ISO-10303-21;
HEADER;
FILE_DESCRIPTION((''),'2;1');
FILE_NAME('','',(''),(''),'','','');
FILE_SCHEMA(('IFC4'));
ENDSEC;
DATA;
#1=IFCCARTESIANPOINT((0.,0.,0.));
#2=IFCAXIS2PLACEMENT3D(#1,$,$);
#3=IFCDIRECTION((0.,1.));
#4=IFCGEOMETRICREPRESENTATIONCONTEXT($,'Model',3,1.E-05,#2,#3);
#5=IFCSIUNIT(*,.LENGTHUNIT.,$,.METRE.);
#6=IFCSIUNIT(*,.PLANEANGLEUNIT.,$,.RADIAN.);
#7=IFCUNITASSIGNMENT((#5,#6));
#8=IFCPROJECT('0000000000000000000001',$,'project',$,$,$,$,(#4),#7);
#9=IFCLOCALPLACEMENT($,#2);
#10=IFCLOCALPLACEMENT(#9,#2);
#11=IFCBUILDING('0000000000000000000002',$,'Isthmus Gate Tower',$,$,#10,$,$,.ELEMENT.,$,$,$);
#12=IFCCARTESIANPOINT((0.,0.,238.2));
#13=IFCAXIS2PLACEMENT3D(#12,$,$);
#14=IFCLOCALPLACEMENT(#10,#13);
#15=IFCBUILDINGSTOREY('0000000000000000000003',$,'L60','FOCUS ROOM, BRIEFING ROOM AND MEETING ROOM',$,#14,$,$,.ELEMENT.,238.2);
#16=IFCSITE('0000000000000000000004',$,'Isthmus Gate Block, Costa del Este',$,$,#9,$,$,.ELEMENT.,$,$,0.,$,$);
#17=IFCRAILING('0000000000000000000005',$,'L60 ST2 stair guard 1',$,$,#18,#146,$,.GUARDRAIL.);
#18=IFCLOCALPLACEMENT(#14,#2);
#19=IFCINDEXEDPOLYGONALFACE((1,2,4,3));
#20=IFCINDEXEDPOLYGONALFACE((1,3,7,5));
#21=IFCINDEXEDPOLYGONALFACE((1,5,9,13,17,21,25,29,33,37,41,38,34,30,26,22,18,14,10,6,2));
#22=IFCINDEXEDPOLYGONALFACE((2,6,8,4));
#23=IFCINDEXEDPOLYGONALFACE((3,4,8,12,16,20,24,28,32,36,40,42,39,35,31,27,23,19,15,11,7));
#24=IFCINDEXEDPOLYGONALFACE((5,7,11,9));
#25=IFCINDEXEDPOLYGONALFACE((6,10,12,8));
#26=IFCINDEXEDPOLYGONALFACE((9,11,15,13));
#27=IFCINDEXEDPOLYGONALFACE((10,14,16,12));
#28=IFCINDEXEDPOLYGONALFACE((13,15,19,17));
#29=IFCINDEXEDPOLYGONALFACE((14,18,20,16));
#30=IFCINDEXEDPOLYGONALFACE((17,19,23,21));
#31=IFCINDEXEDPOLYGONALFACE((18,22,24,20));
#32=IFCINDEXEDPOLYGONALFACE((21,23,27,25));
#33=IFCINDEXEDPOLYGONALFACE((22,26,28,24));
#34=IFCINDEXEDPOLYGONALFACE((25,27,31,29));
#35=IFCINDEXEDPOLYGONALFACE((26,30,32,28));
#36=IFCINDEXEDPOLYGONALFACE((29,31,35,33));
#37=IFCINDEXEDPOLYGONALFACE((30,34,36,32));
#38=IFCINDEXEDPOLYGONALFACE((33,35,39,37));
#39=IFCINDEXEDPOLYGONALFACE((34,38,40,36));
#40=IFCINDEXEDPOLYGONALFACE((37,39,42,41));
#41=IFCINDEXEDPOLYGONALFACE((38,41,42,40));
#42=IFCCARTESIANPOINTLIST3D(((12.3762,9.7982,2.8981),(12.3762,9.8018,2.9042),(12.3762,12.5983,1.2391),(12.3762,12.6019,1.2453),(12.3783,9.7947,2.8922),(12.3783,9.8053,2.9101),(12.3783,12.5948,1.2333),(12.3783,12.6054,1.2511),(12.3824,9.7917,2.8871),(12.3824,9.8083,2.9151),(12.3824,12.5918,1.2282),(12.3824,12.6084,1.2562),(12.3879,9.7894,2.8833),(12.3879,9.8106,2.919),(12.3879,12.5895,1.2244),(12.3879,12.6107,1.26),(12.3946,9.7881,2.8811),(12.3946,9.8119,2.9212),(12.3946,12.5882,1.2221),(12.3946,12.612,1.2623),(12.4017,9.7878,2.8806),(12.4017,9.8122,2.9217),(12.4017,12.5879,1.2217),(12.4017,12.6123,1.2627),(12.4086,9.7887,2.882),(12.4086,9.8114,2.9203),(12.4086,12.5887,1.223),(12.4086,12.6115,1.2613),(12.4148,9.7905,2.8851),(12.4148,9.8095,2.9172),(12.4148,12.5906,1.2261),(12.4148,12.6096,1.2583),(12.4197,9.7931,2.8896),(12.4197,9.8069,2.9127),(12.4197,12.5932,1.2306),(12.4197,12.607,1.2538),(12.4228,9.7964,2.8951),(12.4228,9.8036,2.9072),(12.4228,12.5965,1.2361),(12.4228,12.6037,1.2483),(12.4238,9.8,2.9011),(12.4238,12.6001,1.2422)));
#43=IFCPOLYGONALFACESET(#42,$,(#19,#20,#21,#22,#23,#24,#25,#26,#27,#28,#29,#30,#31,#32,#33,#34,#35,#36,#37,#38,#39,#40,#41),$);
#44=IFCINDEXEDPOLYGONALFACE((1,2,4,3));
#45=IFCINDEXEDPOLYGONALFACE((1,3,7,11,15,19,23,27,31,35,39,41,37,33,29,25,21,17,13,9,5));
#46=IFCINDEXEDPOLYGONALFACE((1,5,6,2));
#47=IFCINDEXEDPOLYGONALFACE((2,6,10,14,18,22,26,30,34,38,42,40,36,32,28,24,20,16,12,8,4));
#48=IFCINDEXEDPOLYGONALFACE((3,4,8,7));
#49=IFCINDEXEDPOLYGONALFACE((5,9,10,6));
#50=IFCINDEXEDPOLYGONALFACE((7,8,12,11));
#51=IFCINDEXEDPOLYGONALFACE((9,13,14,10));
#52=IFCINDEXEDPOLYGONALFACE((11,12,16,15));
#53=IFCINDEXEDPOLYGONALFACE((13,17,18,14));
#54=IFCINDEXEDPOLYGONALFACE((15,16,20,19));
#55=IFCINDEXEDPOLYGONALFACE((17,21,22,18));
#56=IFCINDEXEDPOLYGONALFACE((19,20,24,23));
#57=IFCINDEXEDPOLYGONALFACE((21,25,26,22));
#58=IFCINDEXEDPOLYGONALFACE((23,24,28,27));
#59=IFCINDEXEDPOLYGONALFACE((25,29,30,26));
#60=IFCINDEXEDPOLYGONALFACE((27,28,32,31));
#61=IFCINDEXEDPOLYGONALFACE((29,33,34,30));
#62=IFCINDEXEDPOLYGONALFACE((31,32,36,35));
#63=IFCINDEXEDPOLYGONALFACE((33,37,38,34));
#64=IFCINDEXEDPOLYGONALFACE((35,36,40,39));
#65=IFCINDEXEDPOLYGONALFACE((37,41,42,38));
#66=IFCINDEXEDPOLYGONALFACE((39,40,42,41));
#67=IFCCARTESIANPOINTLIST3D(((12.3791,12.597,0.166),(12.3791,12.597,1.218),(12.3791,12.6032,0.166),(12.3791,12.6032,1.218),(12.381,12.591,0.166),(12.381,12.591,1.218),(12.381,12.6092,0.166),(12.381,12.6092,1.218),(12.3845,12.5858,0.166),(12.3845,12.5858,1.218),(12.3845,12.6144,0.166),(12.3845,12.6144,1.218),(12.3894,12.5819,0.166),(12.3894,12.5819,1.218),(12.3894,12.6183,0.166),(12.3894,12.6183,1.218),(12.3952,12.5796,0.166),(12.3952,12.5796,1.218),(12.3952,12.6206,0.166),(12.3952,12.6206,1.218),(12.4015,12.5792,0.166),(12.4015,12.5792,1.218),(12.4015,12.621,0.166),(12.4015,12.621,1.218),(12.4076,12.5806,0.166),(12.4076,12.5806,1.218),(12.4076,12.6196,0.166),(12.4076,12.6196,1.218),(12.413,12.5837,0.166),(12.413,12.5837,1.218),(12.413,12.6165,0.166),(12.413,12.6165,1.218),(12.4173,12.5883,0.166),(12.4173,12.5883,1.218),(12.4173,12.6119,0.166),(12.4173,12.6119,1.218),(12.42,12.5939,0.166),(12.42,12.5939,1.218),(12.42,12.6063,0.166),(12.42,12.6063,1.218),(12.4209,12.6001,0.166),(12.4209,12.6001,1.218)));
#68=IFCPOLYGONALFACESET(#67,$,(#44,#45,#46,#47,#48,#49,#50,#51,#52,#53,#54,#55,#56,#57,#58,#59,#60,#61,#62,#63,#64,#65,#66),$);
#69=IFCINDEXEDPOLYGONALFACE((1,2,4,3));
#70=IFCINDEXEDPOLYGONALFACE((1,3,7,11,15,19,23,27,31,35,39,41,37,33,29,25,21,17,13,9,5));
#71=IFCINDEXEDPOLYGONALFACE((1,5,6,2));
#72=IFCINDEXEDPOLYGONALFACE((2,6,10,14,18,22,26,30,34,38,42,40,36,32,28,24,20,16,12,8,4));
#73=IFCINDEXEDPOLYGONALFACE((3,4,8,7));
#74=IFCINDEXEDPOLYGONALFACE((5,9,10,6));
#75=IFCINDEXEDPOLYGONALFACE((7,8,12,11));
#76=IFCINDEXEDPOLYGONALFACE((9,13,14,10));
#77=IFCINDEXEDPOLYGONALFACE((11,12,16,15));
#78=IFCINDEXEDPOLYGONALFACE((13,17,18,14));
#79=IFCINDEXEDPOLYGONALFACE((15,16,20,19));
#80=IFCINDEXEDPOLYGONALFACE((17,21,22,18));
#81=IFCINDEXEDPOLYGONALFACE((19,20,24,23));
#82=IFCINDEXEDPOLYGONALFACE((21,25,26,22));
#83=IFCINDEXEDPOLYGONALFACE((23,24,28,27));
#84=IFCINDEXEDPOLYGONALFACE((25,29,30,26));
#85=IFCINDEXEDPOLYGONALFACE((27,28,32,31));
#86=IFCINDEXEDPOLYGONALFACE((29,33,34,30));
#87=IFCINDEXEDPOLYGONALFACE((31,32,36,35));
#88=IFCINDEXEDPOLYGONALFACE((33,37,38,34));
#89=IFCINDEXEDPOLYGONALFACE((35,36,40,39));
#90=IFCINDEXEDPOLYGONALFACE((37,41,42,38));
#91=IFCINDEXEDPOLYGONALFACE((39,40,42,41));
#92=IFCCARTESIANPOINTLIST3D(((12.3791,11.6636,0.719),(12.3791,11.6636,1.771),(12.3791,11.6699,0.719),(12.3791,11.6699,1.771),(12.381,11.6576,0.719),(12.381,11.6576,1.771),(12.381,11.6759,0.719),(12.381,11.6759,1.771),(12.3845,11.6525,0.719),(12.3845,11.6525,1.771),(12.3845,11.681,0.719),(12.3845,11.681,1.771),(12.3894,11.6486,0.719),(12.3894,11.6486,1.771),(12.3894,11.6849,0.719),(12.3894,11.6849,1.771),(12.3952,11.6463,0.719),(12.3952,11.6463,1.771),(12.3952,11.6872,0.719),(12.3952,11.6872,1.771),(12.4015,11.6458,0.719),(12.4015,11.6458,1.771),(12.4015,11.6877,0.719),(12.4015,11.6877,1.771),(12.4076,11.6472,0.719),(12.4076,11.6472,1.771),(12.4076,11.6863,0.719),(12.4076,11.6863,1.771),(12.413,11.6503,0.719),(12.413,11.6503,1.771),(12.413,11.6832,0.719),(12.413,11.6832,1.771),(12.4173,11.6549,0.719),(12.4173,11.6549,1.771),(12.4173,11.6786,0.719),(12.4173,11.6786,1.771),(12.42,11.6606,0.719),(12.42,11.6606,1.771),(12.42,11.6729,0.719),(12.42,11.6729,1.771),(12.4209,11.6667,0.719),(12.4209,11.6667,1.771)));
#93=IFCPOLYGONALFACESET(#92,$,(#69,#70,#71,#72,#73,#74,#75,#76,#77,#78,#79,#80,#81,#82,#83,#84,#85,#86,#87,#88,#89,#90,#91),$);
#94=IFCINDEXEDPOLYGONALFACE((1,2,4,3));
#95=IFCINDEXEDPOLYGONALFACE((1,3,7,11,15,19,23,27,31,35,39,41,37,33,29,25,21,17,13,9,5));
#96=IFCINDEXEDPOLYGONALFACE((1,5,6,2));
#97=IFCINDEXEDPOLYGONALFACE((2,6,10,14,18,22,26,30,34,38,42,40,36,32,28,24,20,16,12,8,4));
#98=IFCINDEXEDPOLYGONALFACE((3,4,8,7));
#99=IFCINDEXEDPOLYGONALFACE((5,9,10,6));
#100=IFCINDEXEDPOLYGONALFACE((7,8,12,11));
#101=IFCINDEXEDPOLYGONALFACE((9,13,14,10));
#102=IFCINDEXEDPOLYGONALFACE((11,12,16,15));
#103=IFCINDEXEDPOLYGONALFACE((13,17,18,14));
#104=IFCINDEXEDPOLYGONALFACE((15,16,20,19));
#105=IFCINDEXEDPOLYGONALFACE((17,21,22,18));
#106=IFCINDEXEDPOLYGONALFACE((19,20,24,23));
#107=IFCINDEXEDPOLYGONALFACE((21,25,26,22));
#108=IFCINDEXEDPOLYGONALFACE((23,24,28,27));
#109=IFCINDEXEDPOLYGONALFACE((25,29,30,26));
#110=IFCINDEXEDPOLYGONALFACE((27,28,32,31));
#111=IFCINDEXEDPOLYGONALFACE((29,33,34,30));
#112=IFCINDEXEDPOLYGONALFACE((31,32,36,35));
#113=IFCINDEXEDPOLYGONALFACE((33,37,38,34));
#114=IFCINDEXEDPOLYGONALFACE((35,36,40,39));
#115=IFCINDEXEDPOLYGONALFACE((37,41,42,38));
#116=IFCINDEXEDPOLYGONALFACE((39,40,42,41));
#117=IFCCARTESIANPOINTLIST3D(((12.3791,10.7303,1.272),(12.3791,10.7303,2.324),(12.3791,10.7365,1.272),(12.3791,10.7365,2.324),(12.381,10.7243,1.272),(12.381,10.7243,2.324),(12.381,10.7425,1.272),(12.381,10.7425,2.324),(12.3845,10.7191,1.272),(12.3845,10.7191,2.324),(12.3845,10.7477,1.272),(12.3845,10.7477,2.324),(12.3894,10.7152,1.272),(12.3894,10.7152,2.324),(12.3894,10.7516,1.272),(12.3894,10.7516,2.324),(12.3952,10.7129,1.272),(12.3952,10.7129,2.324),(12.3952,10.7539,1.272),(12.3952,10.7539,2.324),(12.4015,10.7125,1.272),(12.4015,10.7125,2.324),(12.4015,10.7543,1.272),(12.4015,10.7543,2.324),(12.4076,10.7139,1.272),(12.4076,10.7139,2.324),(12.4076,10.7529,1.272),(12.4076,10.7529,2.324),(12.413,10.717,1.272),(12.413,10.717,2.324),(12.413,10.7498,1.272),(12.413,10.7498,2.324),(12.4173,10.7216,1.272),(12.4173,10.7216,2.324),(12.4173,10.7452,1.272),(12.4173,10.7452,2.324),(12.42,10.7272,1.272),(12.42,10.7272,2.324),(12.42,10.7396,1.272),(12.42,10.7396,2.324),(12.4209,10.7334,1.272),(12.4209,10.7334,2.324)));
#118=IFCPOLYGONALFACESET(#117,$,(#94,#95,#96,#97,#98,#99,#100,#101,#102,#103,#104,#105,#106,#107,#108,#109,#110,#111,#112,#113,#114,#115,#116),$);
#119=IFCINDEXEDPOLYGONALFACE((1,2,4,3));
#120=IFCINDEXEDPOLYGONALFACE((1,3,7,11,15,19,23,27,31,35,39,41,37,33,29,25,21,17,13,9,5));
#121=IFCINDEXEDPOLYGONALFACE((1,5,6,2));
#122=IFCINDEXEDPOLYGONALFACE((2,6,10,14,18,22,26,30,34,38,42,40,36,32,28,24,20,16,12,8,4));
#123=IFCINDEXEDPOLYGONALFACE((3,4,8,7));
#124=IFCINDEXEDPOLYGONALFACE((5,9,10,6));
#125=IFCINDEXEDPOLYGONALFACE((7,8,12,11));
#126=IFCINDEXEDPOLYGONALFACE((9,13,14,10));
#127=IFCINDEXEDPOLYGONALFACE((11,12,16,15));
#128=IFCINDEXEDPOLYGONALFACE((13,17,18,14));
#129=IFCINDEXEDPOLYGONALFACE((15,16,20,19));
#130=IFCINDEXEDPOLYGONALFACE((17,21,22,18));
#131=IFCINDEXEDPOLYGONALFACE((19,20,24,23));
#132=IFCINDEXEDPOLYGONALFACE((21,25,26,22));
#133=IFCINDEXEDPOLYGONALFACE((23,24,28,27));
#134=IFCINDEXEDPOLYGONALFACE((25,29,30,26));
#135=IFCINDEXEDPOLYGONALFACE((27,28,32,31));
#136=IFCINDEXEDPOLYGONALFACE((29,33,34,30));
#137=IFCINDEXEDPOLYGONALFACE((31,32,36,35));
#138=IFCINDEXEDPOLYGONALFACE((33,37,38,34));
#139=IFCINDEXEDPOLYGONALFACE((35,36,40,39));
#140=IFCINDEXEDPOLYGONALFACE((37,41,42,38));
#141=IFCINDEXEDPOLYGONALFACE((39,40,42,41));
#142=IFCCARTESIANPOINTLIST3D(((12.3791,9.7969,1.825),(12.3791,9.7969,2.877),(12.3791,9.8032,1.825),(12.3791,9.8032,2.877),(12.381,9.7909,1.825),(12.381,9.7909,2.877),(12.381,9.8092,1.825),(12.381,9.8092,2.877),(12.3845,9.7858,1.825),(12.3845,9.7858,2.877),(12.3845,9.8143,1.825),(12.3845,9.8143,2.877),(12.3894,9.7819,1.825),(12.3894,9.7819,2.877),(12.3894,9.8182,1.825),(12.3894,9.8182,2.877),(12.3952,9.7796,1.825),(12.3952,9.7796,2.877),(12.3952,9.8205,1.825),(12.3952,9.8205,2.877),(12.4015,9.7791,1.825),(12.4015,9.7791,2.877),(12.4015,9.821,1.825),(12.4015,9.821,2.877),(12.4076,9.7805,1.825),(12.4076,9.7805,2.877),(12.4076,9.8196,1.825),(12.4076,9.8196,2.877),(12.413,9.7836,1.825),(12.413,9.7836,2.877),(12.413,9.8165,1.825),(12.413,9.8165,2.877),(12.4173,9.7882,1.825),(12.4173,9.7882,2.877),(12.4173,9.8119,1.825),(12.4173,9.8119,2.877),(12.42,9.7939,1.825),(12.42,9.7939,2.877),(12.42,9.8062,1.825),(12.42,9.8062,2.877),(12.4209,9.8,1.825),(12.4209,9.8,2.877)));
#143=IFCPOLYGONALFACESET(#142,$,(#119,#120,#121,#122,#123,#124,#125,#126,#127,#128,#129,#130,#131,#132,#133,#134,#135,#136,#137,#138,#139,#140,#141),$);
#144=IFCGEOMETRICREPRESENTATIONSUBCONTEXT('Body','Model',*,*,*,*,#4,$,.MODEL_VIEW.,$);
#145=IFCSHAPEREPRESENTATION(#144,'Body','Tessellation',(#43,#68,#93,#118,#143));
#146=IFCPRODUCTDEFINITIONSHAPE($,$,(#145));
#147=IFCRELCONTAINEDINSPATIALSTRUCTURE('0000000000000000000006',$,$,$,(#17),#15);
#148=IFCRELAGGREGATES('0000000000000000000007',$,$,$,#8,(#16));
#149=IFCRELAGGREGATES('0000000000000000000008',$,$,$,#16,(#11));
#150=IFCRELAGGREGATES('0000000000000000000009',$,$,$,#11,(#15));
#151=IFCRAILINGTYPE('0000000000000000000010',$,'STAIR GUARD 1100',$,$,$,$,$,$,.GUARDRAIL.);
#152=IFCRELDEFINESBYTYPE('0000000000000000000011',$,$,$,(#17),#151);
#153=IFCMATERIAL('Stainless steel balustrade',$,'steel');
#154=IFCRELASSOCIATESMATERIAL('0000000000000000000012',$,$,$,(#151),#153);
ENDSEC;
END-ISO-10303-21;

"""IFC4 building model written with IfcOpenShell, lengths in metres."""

from ifc_helpers import new_model, si_unit, direction, frame, origin, origin_2d, place, context, subcontext, project, spatial, circle, extrude, material, type_object, element, save


model = new_model("IFC4")

# Units and contexts
model_context = context("Model", 3, precision=1e-05, world=origin(), true_north=direction((0.0, 1.0)))
body_context = subcontext(model_context, "Body", "Model", "MODEL_VIEW")
ifc_project = project(units=[si_unit("LENGTHUNIT", "METRE"), si_unit("PLANEANGLEUNIT", "RADIAN")], contexts=[model_context])

# Site, building, storey
site_placement = place(None, origin())
site = spatial("IfcSite", under=ifc_project, at=site_placement, Name="Isthmus Gate Block, Costa del Este", CompositionType="ELEMENT", RefElevation=0.0)
building_placement = place(site_placement, origin())
building = spatial("IfcBuilding", under=site, at=building_placement, Name="Isthmus Gate Tower", CompositionType="ELEMENT")
storey_placement = place(building_placement, frame((0.0, 0.0, 238.2)))
storey = spatial("IfcBuildingStorey", under=building, at=storey_placement, Name="L60", Description="FOCUS ROOM, BRIEFING ROOM AND MEETING ROOM", CompositionType="ELEMENT", Elevation=238.2)

# Railing
ifc_material_1 = material(Name="Stainless steel balustrade", Category="steel")
railing_type = type_object("IfcRailingType", Name="STAIR GUARD 1100", PredefinedType="GUARDRAIL", material=ifc_material_1)
railing_placement = place(storey_placement, frame((12.3999, 12.6001, 0.166)))
element("IfcRailing", 1, at=railing_placement, inside=storey, type_object=railing_type, Name="L60 ST2 stair guard 1", PredefinedType="GUARDRAIL", context=body_context, shape_type="SweptSolid", body=[
    extrude(circle(Radius=0.0239, at=origin_2d()), frame((0.0, 0.0, 1.0762), z_axis=(0.0, -0.860339, 0.509722), x_axis=(1.0, 0.0, 0.0)), (0.0, 0.0, 1.0), 3.2546),
    extrude(circle(Radius=0.021, at=origin_2d()), origin(), (0.0, 0.0, 1.0), 1.052),
    extrude(circle(Radius=0.021, at=origin_2d()), frame((0.0, -0.9333, 0.553)), (0.0, 0.0, 1.0), 1.052),
    extrude(circle(Radius=0.021, at=origin_2d()), frame((0.0, -1.8667, 1.106)), (0.0, 0.0, 1.0), 1.052),
    extrude(circle(Radius=0.021, at=origin_2d()), frame((0.0, -2.8, 1.6589)), (0.0, 0.0, 1.0), 1.052),
])

save(model, "model.ifc")
